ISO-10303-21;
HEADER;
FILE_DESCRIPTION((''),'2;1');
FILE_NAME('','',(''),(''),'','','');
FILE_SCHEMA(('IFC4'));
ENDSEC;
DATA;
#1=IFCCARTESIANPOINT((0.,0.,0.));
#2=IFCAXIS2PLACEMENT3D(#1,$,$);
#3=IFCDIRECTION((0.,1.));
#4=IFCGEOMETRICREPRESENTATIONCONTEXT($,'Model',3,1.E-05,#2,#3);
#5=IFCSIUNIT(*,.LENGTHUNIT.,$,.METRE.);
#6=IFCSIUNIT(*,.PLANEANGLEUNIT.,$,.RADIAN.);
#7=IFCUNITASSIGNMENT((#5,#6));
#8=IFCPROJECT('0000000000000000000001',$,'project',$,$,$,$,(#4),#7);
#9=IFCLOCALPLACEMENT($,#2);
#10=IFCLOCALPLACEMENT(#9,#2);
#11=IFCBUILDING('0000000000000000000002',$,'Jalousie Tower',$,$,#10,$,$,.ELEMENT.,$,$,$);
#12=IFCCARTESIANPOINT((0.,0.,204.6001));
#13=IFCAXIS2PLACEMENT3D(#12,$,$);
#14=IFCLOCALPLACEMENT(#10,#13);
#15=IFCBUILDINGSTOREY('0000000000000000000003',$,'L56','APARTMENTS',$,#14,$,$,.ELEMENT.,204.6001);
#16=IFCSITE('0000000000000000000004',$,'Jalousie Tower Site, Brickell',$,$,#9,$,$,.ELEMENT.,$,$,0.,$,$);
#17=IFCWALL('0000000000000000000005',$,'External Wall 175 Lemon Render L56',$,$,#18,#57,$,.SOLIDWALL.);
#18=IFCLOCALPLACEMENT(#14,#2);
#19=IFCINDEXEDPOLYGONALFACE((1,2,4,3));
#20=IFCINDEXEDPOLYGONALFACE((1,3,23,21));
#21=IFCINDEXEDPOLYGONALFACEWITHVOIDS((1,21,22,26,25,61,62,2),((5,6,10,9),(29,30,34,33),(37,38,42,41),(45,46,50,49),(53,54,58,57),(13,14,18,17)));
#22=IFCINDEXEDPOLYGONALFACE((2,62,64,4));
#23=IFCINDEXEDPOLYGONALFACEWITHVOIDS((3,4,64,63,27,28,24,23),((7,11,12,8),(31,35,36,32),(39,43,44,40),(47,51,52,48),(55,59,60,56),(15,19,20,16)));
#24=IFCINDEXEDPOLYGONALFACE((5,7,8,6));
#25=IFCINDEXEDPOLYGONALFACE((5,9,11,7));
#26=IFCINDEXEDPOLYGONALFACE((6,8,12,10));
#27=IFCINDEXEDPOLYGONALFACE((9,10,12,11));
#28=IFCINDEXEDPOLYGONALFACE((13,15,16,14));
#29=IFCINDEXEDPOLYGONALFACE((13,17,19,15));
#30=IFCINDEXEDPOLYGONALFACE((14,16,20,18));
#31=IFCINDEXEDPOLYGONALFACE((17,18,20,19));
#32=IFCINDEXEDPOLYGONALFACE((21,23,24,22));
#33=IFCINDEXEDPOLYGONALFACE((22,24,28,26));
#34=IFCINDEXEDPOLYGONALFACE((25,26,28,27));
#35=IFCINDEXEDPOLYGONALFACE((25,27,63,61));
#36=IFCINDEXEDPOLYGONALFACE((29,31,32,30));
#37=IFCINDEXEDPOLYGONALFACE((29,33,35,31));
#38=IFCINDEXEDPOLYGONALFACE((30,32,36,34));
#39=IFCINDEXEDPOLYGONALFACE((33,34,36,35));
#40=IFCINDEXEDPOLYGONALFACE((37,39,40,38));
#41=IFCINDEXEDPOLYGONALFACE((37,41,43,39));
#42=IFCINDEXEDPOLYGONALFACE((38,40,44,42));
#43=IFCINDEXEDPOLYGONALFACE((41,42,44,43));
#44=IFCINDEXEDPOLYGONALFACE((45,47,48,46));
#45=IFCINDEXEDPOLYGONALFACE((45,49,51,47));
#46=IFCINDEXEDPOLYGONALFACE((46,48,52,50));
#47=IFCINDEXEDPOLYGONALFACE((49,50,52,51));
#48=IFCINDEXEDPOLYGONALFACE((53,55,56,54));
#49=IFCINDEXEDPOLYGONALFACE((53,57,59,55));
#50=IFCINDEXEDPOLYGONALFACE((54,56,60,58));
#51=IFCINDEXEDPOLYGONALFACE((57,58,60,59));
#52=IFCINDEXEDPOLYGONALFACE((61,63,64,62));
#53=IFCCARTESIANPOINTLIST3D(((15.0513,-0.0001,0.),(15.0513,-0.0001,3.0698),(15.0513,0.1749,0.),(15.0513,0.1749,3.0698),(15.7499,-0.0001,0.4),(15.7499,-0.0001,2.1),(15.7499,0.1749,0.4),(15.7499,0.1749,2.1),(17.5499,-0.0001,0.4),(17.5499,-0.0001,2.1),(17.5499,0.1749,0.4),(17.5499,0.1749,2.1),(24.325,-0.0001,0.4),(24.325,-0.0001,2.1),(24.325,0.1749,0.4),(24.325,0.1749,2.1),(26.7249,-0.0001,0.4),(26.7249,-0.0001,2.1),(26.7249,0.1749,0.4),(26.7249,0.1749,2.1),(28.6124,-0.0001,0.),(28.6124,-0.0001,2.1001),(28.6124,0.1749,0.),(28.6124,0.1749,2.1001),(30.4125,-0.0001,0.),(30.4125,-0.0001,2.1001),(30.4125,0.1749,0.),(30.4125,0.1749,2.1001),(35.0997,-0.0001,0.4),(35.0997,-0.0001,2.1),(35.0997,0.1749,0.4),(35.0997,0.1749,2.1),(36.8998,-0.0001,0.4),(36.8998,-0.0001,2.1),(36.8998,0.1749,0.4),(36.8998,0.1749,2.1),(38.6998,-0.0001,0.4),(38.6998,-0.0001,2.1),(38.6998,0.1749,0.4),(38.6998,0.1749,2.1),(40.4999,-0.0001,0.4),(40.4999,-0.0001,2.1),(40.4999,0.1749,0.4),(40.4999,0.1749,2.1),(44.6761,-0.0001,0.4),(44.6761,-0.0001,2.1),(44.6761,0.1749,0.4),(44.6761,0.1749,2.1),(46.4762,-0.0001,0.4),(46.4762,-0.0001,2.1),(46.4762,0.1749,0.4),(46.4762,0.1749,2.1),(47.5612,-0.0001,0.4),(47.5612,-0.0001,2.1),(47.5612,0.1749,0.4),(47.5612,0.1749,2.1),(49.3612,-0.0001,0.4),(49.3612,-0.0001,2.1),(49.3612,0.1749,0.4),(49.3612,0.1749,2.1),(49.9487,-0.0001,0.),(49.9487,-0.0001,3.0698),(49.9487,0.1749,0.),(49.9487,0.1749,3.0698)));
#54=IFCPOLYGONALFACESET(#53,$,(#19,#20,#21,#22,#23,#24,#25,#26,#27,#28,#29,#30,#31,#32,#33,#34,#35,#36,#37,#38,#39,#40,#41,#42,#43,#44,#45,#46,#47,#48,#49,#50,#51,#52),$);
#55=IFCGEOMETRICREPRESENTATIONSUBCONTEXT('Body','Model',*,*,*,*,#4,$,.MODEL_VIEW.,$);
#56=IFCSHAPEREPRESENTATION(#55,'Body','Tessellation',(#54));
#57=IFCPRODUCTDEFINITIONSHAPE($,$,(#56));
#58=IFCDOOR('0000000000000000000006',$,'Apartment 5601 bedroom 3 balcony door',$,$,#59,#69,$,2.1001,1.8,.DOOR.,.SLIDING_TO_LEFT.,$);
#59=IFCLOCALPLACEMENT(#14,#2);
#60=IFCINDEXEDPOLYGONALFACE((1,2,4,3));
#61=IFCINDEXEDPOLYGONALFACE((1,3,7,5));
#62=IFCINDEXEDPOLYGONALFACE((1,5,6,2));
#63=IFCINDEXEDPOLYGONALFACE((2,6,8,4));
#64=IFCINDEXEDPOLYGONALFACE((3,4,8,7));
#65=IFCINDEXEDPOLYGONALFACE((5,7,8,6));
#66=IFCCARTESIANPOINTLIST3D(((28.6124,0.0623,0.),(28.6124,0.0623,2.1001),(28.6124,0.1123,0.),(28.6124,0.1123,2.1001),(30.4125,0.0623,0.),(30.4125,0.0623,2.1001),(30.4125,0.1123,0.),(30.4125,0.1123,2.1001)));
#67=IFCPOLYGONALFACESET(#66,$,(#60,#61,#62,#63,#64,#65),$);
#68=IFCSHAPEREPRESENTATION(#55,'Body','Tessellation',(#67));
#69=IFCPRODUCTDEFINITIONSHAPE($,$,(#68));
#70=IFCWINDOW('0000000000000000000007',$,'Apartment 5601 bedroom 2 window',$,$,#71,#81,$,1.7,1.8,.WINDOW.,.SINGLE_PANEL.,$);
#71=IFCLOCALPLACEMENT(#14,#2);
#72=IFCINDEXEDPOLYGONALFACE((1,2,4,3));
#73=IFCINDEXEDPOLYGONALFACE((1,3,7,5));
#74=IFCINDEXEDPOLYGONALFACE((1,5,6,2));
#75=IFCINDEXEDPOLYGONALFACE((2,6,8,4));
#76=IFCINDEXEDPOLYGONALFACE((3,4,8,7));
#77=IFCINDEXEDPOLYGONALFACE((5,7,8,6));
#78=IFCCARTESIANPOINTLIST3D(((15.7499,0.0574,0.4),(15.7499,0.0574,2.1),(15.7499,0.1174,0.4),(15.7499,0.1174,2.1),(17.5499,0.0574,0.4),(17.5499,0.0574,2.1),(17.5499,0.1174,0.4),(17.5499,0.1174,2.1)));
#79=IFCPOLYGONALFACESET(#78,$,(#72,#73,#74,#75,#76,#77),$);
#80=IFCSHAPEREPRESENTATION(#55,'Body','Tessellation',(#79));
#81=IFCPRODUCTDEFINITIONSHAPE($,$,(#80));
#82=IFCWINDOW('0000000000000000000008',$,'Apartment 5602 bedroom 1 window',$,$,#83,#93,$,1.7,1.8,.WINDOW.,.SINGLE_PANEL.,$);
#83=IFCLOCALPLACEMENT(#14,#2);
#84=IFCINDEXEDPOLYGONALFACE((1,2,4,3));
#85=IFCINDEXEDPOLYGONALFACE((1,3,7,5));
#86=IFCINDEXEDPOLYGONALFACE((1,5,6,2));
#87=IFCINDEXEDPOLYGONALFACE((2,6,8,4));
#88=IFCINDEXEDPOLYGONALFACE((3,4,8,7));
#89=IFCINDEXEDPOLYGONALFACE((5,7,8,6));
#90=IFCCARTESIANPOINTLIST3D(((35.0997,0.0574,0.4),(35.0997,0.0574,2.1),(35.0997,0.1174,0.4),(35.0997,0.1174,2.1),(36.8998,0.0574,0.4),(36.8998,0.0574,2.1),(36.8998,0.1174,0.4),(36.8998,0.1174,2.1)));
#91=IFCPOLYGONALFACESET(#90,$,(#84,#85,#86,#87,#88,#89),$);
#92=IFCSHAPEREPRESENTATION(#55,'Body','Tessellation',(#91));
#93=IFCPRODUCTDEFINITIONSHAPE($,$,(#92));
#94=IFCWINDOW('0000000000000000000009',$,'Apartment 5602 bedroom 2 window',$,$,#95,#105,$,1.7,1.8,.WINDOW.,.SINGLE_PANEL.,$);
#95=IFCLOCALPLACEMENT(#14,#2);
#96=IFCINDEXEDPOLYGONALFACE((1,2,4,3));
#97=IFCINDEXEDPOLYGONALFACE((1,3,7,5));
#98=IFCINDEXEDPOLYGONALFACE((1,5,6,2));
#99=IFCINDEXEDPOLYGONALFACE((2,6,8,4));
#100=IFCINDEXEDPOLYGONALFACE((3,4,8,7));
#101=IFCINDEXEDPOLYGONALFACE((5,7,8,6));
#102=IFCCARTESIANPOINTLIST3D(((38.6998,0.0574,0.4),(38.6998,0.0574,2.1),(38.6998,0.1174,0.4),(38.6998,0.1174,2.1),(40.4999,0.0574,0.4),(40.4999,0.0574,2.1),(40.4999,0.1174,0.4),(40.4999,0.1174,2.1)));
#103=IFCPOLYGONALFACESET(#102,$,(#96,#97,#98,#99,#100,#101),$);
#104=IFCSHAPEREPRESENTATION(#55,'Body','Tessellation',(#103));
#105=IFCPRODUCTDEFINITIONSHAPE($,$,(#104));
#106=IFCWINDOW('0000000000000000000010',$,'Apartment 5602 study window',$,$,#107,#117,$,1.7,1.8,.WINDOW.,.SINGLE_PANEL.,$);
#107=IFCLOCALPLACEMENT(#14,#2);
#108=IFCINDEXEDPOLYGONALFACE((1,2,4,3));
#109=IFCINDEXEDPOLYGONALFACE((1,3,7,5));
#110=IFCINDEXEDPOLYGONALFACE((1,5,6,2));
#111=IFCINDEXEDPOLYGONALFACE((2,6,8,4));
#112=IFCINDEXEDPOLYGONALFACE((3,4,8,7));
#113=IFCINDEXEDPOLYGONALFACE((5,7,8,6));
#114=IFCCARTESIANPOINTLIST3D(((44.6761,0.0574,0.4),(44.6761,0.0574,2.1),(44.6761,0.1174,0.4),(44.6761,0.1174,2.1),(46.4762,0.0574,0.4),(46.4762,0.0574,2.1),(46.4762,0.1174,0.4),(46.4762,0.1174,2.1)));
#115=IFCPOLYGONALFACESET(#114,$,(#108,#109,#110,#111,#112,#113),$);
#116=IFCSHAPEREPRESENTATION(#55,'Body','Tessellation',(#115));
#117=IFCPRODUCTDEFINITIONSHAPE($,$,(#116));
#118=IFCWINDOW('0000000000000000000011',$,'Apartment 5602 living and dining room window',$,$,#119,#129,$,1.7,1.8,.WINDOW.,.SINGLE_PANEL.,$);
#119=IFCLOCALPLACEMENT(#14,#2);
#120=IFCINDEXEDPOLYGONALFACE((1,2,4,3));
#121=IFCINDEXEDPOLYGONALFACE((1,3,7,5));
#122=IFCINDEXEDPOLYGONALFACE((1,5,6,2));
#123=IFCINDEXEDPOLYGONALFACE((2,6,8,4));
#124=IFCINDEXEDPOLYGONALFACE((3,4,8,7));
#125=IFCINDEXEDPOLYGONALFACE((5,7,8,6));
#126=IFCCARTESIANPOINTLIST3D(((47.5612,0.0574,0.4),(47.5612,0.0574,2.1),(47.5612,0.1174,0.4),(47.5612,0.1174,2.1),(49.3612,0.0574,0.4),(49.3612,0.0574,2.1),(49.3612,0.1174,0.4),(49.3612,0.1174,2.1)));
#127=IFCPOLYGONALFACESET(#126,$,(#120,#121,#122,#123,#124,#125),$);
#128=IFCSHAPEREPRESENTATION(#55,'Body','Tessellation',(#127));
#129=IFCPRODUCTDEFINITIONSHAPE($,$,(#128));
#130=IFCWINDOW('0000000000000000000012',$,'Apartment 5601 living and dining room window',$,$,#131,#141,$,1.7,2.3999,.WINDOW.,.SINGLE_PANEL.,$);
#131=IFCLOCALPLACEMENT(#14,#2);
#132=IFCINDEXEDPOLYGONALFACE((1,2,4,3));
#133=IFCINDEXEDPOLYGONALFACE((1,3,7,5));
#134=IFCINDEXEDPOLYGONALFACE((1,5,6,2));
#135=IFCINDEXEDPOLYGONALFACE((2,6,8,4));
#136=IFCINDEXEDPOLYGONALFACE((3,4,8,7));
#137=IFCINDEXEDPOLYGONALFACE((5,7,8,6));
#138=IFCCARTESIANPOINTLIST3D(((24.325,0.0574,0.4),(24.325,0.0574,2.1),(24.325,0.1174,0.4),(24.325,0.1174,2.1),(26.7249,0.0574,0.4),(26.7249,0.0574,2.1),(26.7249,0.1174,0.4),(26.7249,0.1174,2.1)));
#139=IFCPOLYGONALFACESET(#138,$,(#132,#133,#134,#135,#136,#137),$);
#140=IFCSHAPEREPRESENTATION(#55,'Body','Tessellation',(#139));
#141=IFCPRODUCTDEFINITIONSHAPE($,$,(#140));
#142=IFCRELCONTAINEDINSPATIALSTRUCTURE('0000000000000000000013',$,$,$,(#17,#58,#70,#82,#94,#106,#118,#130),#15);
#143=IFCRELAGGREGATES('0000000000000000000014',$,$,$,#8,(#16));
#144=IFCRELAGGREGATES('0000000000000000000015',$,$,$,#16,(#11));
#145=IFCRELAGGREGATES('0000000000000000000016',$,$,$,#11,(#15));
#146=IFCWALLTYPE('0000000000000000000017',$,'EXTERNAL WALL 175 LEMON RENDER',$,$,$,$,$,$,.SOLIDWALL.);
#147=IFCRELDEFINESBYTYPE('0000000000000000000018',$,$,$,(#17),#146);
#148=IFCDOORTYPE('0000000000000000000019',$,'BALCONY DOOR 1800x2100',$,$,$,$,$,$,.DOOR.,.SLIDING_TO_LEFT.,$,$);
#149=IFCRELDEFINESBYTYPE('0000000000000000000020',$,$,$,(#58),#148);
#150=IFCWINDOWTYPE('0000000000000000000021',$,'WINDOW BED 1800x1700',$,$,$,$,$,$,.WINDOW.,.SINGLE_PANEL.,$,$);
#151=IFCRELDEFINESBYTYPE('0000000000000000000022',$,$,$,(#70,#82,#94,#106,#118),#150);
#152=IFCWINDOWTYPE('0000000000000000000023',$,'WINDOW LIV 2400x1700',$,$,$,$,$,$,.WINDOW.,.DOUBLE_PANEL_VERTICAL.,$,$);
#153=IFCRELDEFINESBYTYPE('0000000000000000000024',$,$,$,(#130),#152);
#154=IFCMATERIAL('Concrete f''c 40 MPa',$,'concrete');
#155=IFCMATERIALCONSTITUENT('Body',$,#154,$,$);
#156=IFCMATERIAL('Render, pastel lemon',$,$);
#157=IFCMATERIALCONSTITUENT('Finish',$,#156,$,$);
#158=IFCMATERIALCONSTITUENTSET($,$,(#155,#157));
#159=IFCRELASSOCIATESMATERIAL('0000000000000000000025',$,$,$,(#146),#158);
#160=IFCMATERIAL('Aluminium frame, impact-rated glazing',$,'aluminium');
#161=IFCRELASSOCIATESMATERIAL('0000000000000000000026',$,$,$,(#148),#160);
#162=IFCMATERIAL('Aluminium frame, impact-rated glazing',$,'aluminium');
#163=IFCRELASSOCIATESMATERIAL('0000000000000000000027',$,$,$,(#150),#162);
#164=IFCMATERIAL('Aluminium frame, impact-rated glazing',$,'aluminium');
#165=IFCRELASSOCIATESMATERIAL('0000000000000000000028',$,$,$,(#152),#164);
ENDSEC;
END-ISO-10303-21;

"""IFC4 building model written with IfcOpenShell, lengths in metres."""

from ifc_helpers import new_model, si_unit, direction, frame, frame_2d, origin, place, context, subcontext, project, spatial, rectangle, extrude, material, constituent, constituent_set, type_object, element, fill, save


model = new_model("IFC4")

# Units and contexts
model_context = context("Model", 3, precision=1e-05, world=origin(), true_north=direction((0.0, 1.0)))
body_context = subcontext(model_context, "Body", "Model", "MODEL_VIEW")
ifc_project = project(units=[si_unit("LENGTHUNIT", "METRE"), si_unit("PLANEANGLEUNIT", "RADIAN")], contexts=[model_context])

# Site, building, storey
site_placement = place(None, origin())
site = spatial("IfcSite", under=ifc_project, at=site_placement, Name="Jalousie Tower Site, Brickell", CompositionType="ELEMENT", RefElevation=0.0)
building_placement = place(site_placement, origin())
building = spatial("IfcBuilding", under=site, at=building_placement, Name="Jalousie Tower", CompositionType="ELEMENT")
storey_placement = place(building_placement, frame((0.0, 0.0, 204.6001)))
storey = spatial("IfcBuildingStorey", under=building, at=storey_placement, Name="L56", Description="APARTMENTS", CompositionType="ELEMENT", Elevation=204.6001)

# Wall, openings, door, windows
ifc_material_1 = material(Name="Concrete f'c 40 MPa", Category="concrete")
ifc_constituent_1 = constituent(ifc_material_1, Name="Body")
ifc_material_2 = material(Name="Render, pastel lemon")
ifc_constituent_2 = constituent(ifc_material_2, Name="Finish")
ifc_constituent_set_1 = constituent_set(constituents=[ifc_constituent_1, ifc_constituent_2])
wall_type_1 = type_object("IfcWallType", Name="EXTERNAL WALL 175 LEMON RENDER", PredefinedType="SOLIDWALL", material=ifc_constituent_set_1)
wall_1_placement = place(storey_placement, frame((15.0513, 0.0874, 0.0), z_axis=(0.0, 0.0, 1.0), x_axis=(1.0, 0.0, 0.0)))
wall_1 = element("IfcWall", 1, at=wall_1_placement, inside=storey, type_object=wall_type_1, Name="External Wall 175 Lemon Render L56", PredefinedType="SOLIDWALL", context=body_context, shape_type="SweptSolid", body=[
    extrude(rectangle(XDim=34.8975, YDim=0.175, at=frame_2d((17.4487, 0.0))), origin(), (0.0, 0.0, 1.0), 3.0698),
])
opening_1_placement = place(wall_1_placement, frame((0.6987, 0.0, 0.3999)))
opening_1 = element("IfcOpeningElement", 2, at=opening_1_placement, cuts=wall_1, PredefinedType="OPENING", context=body_context, shape_type="SweptSolid", body=[
    extrude(rectangle(XDim=1.8, YDim=1.7, at=frame_2d((0.8999, 0.8501))), frame((0.0, 0.0974, 0.0), z_axis=(0.0, -1.0, 0.0), x_axis=(1.0, 0.0, 0.0)), (0.0, 0.0, 1.0), 0.1951),
])
opening_2_placement = place(wall_1_placement, frame((9.2737, 0.0, 0.3999)))
opening_2 = element("IfcOpeningElement", 3, at=opening_2_placement, cuts=wall_1, PredefinedType="OPENING", context=body_context, shape_type="SweptSolid", body=[
    extrude(rectangle(XDim=2.3999, YDim=1.7, at=frame_2d((1.2, 0.8501))), frame((0.0, 0.0974, 0.0), z_axis=(0.0, -1.0, 0.0), x_axis=(1.0, 0.0, 0.0)), (0.0, 0.0, 1.0), 0.1951),
])
opening_3_placement = place(wall_1_placement, frame((13.5613, 0.0, 0.0)))
opening_3 = element("IfcOpeningElement", 4, at=opening_3_placement, cuts=wall_1, PredefinedType="OPENING", context=body_context, shape_type="SweptSolid", body=[
    extrude(rectangle(XDim=1.8, YDim=2.1001, at=frame_2d((0.8999, 1.05))), frame((0.0, 0.0974, 0.0), z_axis=(0.0, -1.0, 0.0), x_axis=(1.0, 0.0, 0.0)), (0.0, 0.0, 1.0), 0.1951),
])
opening_4_placement = place(wall_1_placement, frame((20.0486, 0.0, 0.3999)))
opening_4 = element("IfcOpeningElement", 5, at=opening_4_placement, cuts=wall_1, PredefinedType="OPENING", context=body_context, shape_type="SweptSolid", body=[
    extrude(rectangle(XDim=1.8, YDim=1.7, at=frame_2d((0.8999, 0.8501))), frame((0.0, 0.0974, 0.0), z_axis=(0.0, -1.0, 0.0), x_axis=(1.0, 0.0, 0.0)), (0.0, 0.0, 1.0), 0.1951),
])
opening_5_placement = place(wall_1_placement, frame((23.6487, 0.0, 0.3999)))
opening_5 = element("IfcOpeningElement", 6, at=opening_5_placement, cuts=wall_1, PredefinedType="OPENING", context=body_context, shape_type="SweptSolid", body=[
    extrude(rectangle(XDim=1.8, YDim=1.7, at=frame_2d((0.8999, 0.8501))), frame((0.0, 0.0974, 0.0), z_axis=(0.0, -1.0, 0.0), x_axis=(1.0, 0.0, 0.0)), (0.0, 0.0, 1.0), 0.1951),
])
opening_6_placement = place(wall_1_placement, frame((29.625, 0.0, 0.3999)))
opening_6 = element("IfcOpeningElement", 7, at=opening_6_placement, cuts=wall_1, PredefinedType="OPENING", context=body_context, shape_type="SweptSolid", body=[
    extrude(rectangle(XDim=1.8, YDim=1.7, at=frame_2d((0.8999, 0.8501))), frame((0.0, 0.0974, 0.0), z_axis=(0.0, -1.0, 0.0), x_axis=(1.0, 0.0, 0.0)), (0.0, 0.0, 1.0), 0.1951),
])
opening_7_placement = place(wall_1_placement, frame((32.51, 0.0, 0.3999)))
opening_7 = element("IfcOpeningElement", 8, at=opening_7_placement, cuts=wall_1, PredefinedType="OPENING", context=body_context, shape_type="SweptSolid", body=[
    extrude(rectangle(XDim=1.8, YDim=1.7, at=frame_2d((0.8999, 0.8501))), frame((0.0, 0.0974, 0.0), z_axis=(0.0, -1.0, 0.0), x_axis=(1.0, 0.0, 0.0)), (0.0, 0.0, 1.0), 0.1951),
])
ifc_material_3 = material(Name="Aluminium frame, impact-rated glazing", Category="aluminium")
door_type_1 = type_object("IfcDoorType", Name="BALCONY DOOR 1800x2100", OperationType="SLIDING_TO_LEFT", PredefinedType="DOOR", material=ifc_material_3)
door_1_placement = place(opening_3_placement, origin())
door_1 = element("IfcDoor", 9, at=door_1_placement, inside=storey, type_object=door_type_1, Name="Apartment 5601 bedroom 3 balcony door", OperationType="SLIDING_TO_LEFT", OverallHeight=2.1001, OverallWidth=1.8, PredefinedType="DOOR", context=body_context, shape_type="SweptSolid", body=[
    extrude(rectangle(XDim=1.8, YDim=2.1001, at=frame_2d((0.8999, 1.05))), frame((0.0, 0.0249, 0.0), z_axis=(0.0, -1.0, 0.0), x_axis=(1.0, 0.0, 0.0)), (0.0, 0.0, 1.0), 0.05),
])
fill(opening_3, door_1)
ifc_material_4 = material(Name="Aluminium frame, impact-rated glazing", Category="aluminium")
window_type_1 = type_object("IfcWindowType", Name="WINDOW BED 1800x1700", PartitioningType="SINGLE_PANEL", PredefinedType="WINDOW", material=ifc_material_4)
window_1_placement = place(opening_1_placement, origin())
window_1 = element("IfcWindow", 10, at=window_1_placement, inside=storey, type_object=window_type_1, Name="Apartment 5601 bedroom 2 window", OverallHeight=1.7, OverallWidth=1.8, PartitioningType="SINGLE_PANEL", PredefinedType="WINDOW", context=body_context, shape_type="SweptSolid", body=[
    extrude(rectangle(XDim=1.8, YDim=1.7, at=frame_2d((0.8999, 0.8501))), frame((0.0, 0.03, 0.0), z_axis=(0.0, -1.0, 0.0), x_axis=(1.0, 0.0, 0.0)), (0.0, 0.0, 1.0), 0.0601),
])
fill(opening_1, window_1)
window_2_placement = place(opening_4_placement, origin())
window_2 = element("IfcWindow", 11, at=window_2_placement, inside=storey, type_object=window_type_1, Name="Apartment 5602 bedroom 1 window", OverallHeight=1.7, OverallWidth=1.8, PartitioningType="SINGLE_PANEL", PredefinedType="WINDOW", context=body_context, shape_type="SweptSolid", body=[
    extrude(rectangle(XDim=1.8, YDim=1.7, at=frame_2d((0.8999, 0.8501))), frame((0.0, 0.03, 0.0), z_axis=(0.0, -1.0, 0.0), x_axis=(1.0, 0.0, 0.0)), (0.0, 0.0, 1.0), 0.0601),
])
fill(opening_4, window_2)
window_3_placement = place(opening_5_placement, origin())
window_3 = element("IfcWindow", 12, at=window_3_placement, inside=storey, type_object=window_type_1, Name="Apartment 5602 bedroom 2 window", OverallHeight=1.7, OverallWidth=1.8, PartitioningType="SINGLE_PANEL", PredefinedType="WINDOW", context=body_context, shape_type="SweptSolid", body=[
    extrude(rectangle(XDim=1.8, YDim=1.7, at=frame_2d((0.8999, 0.8501))), frame((0.0, 0.03, 0.0), z_axis=(0.0, -1.0, 0.0), x_axis=(1.0, 0.0, 0.0)), (0.0, 0.0, 1.0), 0.0601),
])
fill(opening_5, window_3)
window_4_placement = place(opening_6_placement, origin())
window_4 = element("IfcWindow", 13, at=window_4_placement, inside=storey, type_object=window_type_1, Name="Apartment 5602 study window", OverallHeight=1.7, OverallWidth=1.8, PartitioningType="SINGLE_PANEL", PredefinedType="WINDOW", context=body_context, shape_type="SweptSolid", body=[
    extrude(rectangle(XDim=1.8, YDim=1.7, at=frame_2d((0.8999, 0.8501))), frame((0.0, 0.03, 0.0), z_axis=(0.0, -1.0, 0.0), x_axis=(1.0, 0.0, 0.0)), (0.0, 0.0, 1.0), 0.0601),
])
fill(opening_6, window_4)
window_5_placement = place(opening_7_placement, origin())
window_5 = element("IfcWindow", 14, at=window_5_placement, inside=storey, type_object=window_type_1, Name="Apartment 5602 living and dining room window", OverallHeight=1.7, OverallWidth=1.8, PartitioningType="SINGLE_PANEL", PredefinedType="WINDOW", context=body_context, shape_type="SweptSolid", body=[
    extrude(rectangle(XDim=1.8, YDim=1.7, at=frame_2d((0.8999, 0.8501))), frame((0.0, 0.03, 0.0), z_axis=(0.0, -1.0, 0.0), x_axis=(1.0, 0.0, 0.0)), (0.0, 0.0, 1.0), 0.0601),
])
fill(opening_7, window_5)
ifc_material_5 = material(Name="Aluminium frame, impact-rated glazing", Category="aluminium")
window_type_2 = type_object("IfcWindowType", Name="WINDOW LIV 2400x1700", PartitioningType="DOUBLE_PANEL_VERTICAL", PredefinedType="WINDOW", material=ifc_material_5)
window_6_placement = place(opening_2_placement, origin())
window_6 = element("IfcWindow", 15, at=window_6_placement, inside=storey, type_object=window_type_2, Name="Apartment 5601 living and dining room window", OverallHeight=1.7, OverallWidth=2.3999, PartitioningType="SINGLE_PANEL", PredefinedType="WINDOW", context=body_context, shape_type="SweptSolid", body=[
    extrude(rectangle(XDim=2.3999, YDim=1.7, at=frame_2d((1.2, 0.8501))), frame((0.0, 0.03, 0.0), z_axis=(0.0, -1.0, 0.0), x_axis=(1.0, 0.0, 0.0)), (0.0, 0.0, 1.0), 0.0601),
])
fill(opening_2, window_6)

save(model, "model.ifc")
